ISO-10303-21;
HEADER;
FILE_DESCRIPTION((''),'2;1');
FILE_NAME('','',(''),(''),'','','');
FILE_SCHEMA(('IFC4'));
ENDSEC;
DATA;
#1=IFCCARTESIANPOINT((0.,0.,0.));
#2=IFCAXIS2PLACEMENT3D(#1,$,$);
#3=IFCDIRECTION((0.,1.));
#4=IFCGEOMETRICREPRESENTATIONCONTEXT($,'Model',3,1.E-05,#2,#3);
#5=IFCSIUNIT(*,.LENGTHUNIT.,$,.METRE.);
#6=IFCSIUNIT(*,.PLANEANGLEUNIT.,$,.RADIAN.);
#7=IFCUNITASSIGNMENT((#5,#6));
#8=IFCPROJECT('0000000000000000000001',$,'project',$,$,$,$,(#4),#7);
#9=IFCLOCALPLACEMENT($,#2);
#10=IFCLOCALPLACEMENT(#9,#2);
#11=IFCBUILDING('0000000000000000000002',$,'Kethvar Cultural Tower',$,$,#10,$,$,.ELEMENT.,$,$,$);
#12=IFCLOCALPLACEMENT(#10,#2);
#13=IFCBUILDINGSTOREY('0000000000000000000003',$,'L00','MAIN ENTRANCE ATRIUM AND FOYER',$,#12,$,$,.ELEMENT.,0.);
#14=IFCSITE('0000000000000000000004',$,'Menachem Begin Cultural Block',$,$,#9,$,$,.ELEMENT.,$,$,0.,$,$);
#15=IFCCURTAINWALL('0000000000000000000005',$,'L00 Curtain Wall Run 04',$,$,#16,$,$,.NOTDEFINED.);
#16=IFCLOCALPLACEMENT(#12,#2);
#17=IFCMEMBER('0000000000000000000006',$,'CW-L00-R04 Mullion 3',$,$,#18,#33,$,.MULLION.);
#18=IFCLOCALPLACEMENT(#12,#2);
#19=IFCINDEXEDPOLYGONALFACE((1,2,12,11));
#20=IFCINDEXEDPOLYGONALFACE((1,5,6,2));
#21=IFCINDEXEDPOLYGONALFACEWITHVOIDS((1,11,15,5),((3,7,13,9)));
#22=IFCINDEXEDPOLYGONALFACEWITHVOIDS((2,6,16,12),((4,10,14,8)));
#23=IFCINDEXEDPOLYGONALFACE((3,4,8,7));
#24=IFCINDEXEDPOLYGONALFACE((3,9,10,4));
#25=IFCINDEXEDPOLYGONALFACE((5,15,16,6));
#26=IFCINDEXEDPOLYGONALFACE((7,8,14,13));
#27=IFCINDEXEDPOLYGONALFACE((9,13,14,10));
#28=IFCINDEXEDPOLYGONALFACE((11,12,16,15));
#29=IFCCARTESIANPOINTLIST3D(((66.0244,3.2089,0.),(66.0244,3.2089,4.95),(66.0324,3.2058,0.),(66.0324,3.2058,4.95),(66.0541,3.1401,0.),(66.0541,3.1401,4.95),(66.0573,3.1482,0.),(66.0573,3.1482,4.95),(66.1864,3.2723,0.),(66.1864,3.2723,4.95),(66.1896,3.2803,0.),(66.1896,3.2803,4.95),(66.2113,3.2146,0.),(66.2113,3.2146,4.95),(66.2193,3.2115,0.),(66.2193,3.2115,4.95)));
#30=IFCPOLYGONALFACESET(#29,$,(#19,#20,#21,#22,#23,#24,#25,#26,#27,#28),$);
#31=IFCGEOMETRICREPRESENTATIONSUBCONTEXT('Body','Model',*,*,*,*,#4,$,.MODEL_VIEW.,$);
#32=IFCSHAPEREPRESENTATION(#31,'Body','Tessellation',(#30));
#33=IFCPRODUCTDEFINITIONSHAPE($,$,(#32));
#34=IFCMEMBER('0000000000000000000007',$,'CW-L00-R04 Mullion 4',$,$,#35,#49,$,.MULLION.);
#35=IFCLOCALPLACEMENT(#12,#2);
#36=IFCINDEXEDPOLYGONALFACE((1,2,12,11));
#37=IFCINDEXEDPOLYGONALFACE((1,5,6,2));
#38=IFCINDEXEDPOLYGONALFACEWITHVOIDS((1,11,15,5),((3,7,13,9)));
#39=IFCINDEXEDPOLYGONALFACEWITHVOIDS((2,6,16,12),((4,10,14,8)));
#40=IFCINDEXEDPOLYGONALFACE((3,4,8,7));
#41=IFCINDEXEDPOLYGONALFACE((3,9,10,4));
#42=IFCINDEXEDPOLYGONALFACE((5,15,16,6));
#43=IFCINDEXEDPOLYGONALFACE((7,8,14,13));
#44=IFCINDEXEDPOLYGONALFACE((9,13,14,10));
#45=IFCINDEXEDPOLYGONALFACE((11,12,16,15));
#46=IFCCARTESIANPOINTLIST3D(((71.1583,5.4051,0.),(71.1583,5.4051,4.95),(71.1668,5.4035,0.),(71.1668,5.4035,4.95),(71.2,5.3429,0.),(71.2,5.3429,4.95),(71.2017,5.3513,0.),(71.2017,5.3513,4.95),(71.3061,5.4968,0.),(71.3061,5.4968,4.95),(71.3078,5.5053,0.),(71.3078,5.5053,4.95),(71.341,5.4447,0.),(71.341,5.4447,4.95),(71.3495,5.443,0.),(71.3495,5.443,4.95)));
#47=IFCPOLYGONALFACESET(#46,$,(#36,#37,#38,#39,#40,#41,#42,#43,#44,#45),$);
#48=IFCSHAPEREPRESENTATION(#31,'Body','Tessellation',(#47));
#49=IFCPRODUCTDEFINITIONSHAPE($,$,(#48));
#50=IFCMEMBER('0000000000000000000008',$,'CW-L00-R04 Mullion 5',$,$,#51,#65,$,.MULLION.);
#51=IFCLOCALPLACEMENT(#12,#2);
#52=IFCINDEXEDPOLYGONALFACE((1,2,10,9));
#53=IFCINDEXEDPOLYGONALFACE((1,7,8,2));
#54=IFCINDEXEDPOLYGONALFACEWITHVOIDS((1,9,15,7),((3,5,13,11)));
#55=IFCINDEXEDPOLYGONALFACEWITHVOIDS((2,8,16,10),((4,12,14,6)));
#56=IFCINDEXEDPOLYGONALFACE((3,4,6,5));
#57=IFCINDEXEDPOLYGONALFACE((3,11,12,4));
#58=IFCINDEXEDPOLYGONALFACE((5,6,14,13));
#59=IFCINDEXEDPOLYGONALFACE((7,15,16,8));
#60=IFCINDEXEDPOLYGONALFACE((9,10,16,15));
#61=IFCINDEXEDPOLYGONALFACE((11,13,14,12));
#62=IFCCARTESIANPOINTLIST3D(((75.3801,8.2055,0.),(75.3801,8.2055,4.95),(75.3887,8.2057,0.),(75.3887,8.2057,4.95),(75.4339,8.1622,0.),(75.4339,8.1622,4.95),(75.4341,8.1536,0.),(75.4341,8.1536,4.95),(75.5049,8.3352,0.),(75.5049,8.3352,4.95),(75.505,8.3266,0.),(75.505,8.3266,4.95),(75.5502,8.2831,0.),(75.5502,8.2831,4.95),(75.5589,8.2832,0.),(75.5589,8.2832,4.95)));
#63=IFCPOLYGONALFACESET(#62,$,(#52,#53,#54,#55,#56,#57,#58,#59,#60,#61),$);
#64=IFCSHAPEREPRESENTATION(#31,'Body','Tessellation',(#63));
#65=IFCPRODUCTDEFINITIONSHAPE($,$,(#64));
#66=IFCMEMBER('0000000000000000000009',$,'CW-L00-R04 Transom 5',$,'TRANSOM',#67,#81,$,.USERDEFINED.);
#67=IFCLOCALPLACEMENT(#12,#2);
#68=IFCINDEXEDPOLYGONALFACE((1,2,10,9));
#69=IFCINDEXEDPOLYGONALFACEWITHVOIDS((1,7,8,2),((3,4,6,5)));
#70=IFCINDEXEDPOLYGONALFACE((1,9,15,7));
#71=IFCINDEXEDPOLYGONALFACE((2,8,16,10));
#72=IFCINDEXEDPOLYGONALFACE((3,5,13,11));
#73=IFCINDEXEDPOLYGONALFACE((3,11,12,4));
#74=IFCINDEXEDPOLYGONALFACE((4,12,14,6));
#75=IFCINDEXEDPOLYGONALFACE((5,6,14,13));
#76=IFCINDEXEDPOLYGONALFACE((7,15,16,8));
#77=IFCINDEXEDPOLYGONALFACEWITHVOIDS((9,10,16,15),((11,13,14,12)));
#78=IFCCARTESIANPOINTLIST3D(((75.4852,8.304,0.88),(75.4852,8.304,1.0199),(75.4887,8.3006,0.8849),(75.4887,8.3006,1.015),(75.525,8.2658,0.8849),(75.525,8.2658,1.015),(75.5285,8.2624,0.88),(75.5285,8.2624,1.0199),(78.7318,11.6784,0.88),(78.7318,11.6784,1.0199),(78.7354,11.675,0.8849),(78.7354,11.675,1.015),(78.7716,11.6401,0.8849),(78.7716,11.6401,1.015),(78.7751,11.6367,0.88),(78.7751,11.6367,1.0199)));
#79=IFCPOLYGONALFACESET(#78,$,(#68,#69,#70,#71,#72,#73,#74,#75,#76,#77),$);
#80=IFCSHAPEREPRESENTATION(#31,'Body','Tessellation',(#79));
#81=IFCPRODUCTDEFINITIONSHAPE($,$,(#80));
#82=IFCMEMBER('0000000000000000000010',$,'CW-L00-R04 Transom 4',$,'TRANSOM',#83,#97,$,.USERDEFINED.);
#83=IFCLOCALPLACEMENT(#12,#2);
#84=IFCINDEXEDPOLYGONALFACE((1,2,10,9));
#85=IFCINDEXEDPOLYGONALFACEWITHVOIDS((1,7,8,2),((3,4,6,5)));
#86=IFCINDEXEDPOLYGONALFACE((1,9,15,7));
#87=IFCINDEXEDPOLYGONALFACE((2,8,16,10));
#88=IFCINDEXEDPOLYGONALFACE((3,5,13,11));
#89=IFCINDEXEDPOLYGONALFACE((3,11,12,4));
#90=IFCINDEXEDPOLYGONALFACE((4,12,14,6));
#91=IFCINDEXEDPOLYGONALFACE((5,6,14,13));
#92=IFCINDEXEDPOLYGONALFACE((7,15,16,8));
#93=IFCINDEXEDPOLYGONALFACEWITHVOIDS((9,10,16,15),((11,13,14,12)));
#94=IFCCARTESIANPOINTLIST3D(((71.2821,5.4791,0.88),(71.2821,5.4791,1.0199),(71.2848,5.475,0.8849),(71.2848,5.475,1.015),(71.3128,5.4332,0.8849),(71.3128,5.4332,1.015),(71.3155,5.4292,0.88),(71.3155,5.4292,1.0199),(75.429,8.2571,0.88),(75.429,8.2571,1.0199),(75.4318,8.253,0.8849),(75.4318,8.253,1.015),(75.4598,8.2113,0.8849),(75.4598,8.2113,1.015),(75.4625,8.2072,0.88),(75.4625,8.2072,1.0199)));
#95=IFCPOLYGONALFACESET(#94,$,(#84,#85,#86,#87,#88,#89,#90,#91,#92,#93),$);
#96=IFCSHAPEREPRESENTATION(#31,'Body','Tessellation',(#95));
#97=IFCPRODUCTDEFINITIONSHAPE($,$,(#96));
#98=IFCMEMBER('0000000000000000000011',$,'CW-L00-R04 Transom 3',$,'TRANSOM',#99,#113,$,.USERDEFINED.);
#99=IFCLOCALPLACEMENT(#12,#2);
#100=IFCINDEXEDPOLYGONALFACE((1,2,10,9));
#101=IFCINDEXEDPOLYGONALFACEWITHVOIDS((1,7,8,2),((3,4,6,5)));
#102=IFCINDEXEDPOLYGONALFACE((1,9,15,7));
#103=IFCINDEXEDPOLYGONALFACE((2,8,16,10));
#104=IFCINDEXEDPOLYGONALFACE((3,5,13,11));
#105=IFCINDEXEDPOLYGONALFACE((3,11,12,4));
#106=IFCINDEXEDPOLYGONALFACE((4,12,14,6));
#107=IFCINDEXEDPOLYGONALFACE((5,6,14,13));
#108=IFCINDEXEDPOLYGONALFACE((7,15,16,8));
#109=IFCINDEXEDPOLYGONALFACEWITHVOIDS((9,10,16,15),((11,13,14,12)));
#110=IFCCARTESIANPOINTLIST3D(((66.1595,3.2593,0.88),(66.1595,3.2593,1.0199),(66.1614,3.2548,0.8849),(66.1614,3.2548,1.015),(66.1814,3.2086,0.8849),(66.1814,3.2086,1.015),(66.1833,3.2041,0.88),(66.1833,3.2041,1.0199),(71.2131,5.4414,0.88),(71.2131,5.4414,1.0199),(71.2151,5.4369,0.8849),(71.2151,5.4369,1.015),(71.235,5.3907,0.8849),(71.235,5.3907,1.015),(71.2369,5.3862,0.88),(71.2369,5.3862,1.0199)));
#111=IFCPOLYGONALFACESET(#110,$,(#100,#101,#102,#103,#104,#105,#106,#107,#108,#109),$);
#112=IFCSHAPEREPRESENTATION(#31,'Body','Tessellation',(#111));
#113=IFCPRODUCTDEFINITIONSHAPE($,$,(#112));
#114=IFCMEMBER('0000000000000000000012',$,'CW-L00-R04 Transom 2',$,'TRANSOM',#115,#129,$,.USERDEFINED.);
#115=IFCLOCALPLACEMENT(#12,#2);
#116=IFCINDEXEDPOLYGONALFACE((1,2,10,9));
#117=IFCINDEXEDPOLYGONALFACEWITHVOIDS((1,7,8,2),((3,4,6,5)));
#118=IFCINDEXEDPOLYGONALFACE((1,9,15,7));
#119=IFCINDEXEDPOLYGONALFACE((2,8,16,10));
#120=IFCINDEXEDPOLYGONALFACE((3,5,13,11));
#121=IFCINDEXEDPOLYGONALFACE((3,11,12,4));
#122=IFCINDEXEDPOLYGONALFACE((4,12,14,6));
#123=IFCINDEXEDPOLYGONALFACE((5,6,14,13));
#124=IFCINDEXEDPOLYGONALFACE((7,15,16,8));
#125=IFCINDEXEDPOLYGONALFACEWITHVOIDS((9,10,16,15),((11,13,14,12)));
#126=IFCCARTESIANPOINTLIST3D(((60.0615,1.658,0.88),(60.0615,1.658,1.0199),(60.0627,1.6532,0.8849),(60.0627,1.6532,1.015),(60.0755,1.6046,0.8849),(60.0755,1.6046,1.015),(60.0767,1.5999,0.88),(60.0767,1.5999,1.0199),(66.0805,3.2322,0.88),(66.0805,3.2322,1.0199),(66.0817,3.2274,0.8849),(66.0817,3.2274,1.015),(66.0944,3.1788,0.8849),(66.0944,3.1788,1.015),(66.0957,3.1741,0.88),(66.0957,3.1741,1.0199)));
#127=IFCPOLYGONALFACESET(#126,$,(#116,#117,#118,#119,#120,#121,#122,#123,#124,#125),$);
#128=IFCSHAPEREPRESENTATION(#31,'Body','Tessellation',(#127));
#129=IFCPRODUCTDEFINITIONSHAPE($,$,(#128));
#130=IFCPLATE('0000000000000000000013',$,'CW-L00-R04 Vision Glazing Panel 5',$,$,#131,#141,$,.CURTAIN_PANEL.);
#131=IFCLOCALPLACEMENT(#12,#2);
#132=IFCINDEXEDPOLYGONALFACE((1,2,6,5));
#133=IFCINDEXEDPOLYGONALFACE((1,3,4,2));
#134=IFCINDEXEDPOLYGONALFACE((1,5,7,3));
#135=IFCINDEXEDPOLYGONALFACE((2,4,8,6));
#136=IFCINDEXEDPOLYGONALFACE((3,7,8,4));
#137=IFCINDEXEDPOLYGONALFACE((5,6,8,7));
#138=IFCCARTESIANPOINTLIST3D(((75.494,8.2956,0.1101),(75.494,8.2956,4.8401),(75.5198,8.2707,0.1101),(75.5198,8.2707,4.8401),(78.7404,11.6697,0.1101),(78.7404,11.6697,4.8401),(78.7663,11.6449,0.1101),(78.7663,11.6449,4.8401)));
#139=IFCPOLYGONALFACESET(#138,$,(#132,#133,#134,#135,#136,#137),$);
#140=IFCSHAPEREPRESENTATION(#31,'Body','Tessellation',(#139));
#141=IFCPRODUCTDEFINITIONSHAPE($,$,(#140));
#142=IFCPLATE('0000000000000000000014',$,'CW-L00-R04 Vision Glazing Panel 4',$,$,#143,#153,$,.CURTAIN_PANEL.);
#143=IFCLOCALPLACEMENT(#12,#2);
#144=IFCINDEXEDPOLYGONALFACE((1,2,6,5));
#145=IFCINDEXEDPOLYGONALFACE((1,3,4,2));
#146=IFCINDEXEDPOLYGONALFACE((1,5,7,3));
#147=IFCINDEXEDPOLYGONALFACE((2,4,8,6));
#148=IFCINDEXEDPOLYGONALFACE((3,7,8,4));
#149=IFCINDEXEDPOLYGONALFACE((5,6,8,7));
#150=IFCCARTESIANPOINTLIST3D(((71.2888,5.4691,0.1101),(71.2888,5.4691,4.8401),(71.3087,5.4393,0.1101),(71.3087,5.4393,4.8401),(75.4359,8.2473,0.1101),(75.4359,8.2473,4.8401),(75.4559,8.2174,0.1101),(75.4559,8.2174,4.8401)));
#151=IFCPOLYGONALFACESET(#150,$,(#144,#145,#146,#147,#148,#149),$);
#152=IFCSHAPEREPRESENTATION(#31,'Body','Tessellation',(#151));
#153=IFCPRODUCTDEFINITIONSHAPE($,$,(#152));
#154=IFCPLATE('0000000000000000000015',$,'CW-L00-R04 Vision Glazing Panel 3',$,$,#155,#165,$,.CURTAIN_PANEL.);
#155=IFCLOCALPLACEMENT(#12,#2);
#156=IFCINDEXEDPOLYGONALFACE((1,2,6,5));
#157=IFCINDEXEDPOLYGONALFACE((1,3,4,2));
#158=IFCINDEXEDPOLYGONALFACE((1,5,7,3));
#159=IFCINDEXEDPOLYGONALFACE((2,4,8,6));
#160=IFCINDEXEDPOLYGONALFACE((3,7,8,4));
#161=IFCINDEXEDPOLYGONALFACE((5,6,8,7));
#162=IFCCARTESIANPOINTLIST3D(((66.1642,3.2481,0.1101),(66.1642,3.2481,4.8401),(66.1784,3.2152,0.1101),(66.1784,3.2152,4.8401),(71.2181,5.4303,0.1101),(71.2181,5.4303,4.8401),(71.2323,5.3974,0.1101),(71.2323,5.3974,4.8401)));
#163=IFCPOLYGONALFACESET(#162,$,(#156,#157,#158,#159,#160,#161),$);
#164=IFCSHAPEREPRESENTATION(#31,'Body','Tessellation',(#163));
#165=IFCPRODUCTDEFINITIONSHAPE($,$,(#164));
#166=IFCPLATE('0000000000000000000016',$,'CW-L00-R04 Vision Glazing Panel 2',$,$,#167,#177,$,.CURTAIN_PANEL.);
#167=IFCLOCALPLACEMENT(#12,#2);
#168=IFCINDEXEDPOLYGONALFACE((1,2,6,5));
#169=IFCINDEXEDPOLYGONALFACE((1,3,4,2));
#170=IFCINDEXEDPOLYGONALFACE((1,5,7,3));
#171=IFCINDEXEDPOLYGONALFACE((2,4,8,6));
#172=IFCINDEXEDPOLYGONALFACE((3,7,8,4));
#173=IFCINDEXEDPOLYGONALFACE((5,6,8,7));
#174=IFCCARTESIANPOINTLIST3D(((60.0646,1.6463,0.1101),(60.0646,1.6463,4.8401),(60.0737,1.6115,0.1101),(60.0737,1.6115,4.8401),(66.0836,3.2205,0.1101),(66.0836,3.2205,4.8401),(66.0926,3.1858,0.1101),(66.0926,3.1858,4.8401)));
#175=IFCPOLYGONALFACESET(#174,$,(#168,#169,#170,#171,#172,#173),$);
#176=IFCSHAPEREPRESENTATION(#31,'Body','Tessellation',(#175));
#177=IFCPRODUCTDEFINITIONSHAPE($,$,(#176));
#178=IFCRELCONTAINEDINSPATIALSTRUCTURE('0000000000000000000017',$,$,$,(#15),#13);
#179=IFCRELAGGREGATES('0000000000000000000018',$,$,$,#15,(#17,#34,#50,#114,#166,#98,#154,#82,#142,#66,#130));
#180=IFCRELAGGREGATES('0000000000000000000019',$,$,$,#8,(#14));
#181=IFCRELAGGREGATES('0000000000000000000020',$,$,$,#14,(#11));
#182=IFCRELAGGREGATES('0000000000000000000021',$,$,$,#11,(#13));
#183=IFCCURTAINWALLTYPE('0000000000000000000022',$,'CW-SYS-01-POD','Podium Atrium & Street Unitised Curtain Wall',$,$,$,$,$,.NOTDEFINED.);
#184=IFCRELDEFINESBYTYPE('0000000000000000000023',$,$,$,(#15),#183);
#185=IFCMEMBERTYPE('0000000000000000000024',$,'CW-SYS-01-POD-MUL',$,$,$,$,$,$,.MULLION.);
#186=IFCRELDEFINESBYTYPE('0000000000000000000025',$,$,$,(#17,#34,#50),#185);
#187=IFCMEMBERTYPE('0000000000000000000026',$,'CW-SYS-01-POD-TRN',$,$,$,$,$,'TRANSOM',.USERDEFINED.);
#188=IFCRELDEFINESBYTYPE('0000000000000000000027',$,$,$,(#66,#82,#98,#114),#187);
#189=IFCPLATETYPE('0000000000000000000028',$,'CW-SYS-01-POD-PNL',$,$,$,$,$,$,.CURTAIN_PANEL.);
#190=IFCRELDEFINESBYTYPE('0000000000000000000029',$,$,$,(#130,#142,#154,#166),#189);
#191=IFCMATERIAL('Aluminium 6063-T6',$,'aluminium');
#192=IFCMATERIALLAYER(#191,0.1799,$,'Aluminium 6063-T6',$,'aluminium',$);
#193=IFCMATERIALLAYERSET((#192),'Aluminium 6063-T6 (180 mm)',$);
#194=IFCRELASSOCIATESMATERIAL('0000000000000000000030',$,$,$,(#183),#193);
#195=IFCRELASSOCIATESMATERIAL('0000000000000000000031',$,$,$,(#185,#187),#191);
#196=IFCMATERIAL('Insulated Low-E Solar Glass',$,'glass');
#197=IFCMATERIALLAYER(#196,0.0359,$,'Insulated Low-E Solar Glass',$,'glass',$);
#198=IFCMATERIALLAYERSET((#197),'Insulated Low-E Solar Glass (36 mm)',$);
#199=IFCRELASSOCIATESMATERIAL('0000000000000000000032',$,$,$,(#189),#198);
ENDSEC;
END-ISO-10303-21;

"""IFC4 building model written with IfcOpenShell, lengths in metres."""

from ifc_helpers import new_model, si_unit, direction, frame, origin, origin_2d, place, context, subcontext, project, spatial, rectangle, hollow_rectangle, extrude, source, transform, mapped, material, layer, layer_set, material_profile, profile_set, type_object, element, aggregate, save


model = new_model("IFC4")

# Units and contexts
model_context = context("Model", 3, precision=1e-05, world=origin(), true_north=direction((0.0, 1.0)))
body_context = subcontext(model_context, "Body", "Model", "MODEL_VIEW")
ifc_project = project(units=[si_unit("LENGTHUNIT", "METRE"), si_unit("PLANEANGLEUNIT", "RADIAN")], contexts=[model_context])

# Site, building, storey
site_placement = place(None, origin())
site = spatial("IfcSite", under=ifc_project, at=site_placement, Name="Menachem Begin Cultural Block", CompositionType="ELEMENT", RefElevation=0.0)
building_placement = place(site_placement, origin())
building = spatial("IfcBuilding", under=site, at=building_placement, Name="Kethvar Cultural Tower", CompositionType="ELEMENT")
storey_placement = place(building_placement, origin())
storey = spatial("IfcBuildingStorey", under=building, at=storey_placement, Name="L00", Description="MAIN ENTRANCE ATRIUM AND FOYER", CompositionType="ELEMENT", Elevation=0.0)

# Curtain wall, members, plates
ifc_material_1 = material(Name="Aluminium 6063-T6", Category="aluminium")
ifc_layer_1 = layer(ifc_material_1, 0.1799, Name="Aluminium 6063-T6", Category="aluminium")
ifc_layer_set_1 = layer_set([ifc_layer_1], Name="Aluminium 6063-T6 (180 mm)")
curtain_wall_type = type_object("IfcCurtainWallType", Name="CW-SYS-01-POD", Description="Podium Atrium & Street Unitised Curtain Wall", PredefinedType="NOTDEFINED", material=ifc_layer_set_1)
curtain_wall_placement = place(storey_placement, origin())
curtain_wall = element("IfcCurtainWall", 1, at=curtain_wall_placement, inside=storey, type_object=curtain_wall_type, Name="L00 Curtain Wall Run 04", PredefinedType="NOTDEFINED")
ifc_material_profile_1 = material_profile(ifc_material_1, hollow_rectangle(XDim=0.075, YDim=0.1799, WallThickness=0.0061, at=origin_2d()), Name="Aluminium 6063-T6 — RHS180x75x6")
ifc_profile_set_1 = profile_set([ifc_material_profile_1], Name="Aluminium 6063-T6 — RHS180x75x6")
member_type_1 = type_object("IfcMemberType", Name="CW-SYS-01-POD-MUL", PredefinedType="MULLION", material=ifc_profile_set_1)
shared_shape_1 = source(origin(), body_context, "Body", "SweptSolid", [
    extrude(hollow_rectangle(XDim=0.075, YDim=0.1799, WallThickness=0.0061, at=origin_2d()), origin(), (0.0, 0.0, 1.0), 4.95),
])
member_1_placement = place(storey_placement, frame((66.1218, 3.2102, 0.0), z_axis=(0.0, 0.0, 1.0), x_axis=(-0.396411, 0.918073, 0.0)))
member_1 = element("IfcMember", 2, at=member_1_placement, type_object=member_type_1, Name="CW-L00-R04 Mullion 3", PredefinedType="MULLION", context=body_context, shape_type="MappedRepresentation", body=[
    mapped(shared_shape_1, transform((0.0, 0.0, 0.0), scale=1.0)),
])
member_2_placement = place(storey_placement, frame((71.2539, 5.4241, 0.0), z_axis=(0.0, 0.0, 1.0), x_axis=(-0.556557, 0.83081, 0.0)))
member_2 = element("IfcMember", 3, at=member_2_placement, type_object=member_type_1, Name="CW-L00-R04 Mullion 4", PredefinedType="MULLION", context=body_context, shape_type="MappedRepresentation", body=[
    mapped(shared_shape_1, transform((0.0, 0.0, 0.0), scale=1.0)),
])
member_3_placement = place(storey_placement, frame((75.4695, 8.2444, 0.0), z_axis=(0.0, 0.0, 1.0), x_axis=(-0.720612, 0.693339, 0.0)))
member_3 = element("IfcMember", 4, at=member_3_placement, type_object=member_type_1, Name="CW-L00-R04 Mullion 5", PredefinedType="MULLION", context=body_context, shape_type="MappedRepresentation", body=[
    mapped(shared_shape_1, transform((0.0, 0.0, 0.0), scale=1.0)),
])
ifc_material_profile_2 = material_profile(ifc_material_1, hollow_rectangle(XDim=0.0601, YDim=0.1399, WallThickness=0.0049, at=origin_2d()), Name="Aluminium 6063-T6 — RHS140x60x5")
ifc_profile_set_2 = profile_set([ifc_material_profile_2], Name="Aluminium 6063-T6 — RHS140x60x5")
member_type_2 = type_object("IfcMemberType", Name="CW-SYS-01-POD-TRN", ElementType="TRANSOM", PredefinedType="USERDEFINED", material=ifc_profile_set_2)
shared_shape_2 = source(origin(), body_context, "Body", "SweptSolid", [
    extrude(hollow_rectangle(XDim=0.0601, YDim=0.1399, WallThickness=0.0049, at=origin_2d()), origin(), (0.0, 0.0, 1.0), 4.6826),
])
member_4_placement = place(storey_placement, frame((75.5068, 8.2832, 0.95), z_axis=(0.693341, 0.72061, 0.0), x_axis=(-0.72061, 0.693341, 0.0)))
member_4 = element("IfcMember", 5, at=member_4_placement, type_object=member_type_2, Name="CW-L00-R04 Transom 5", ObjectType="TRANSOM", PredefinedType="USERDEFINED", context=body_context, shape_type="MappedRepresentation", body=[
    mapped(shared_shape_2, transform((0.0, 0.0, 0.0), scale=1.0)),
])
shared_shape_3 = source(origin(), body_context, "Body", "SweptSolid", [
    extrude(hollow_rectangle(XDim=0.0601, YDim=0.1399, WallThickness=0.0049, at=origin_2d()), origin(), (0.0, 0.0, 1.0), 4.9915),
])
member_5_placement = place(storey_placement, frame((71.2988, 5.4541, 0.95), z_axis=(0.830807, 0.556561, 0.0), x_axis=(-0.556561, 0.830807, 0.0)))
member_5 = element("IfcMember", 6, at=member_5_placement, type_object=member_type_2, Name="CW-L00-R04 Transom 4", ObjectType="TRANSOM", PredefinedType="USERDEFINED", context=body_context, shape_type="MappedRepresentation", body=[
    mapped(shared_shape_3, transform((0.0, 0.0, 0.0), scale=1.0)),
])
shared_shape_4 = source(origin(), body_context, "Body", "SweptSolid", [
    extrude(hollow_rectangle(XDim=0.0601, YDim=0.1399, WallThickness=0.0049, at=origin_2d()), origin(), (0.0, 0.0, 1.0), 5.5046),
])
member_6_placement = place(storey_placement, frame((66.1714, 3.2317, 0.95), z_axis=(0.918073, 0.396412, 0.0), x_axis=(-0.396412, 0.918073, 0.0)))
member_6 = element("IfcMember", 7, at=member_6_placement, type_object=member_type_2, Name="CW-L00-R04 Transom 3", ObjectType="TRANSOM", PredefinedType="USERDEFINED", context=body_context, shape_type="MappedRepresentation", body=[
    mapped(shared_shape_4, transform((0.0, 0.0, 0.0), scale=1.0)),
])
shared_shape_5 = source(origin(), body_context, "Body", "SweptSolid", [
    extrude(hollow_rectangle(XDim=0.0601, YDim=0.1399, WallThickness=0.0049, at=origin_2d()), origin(), (0.0, 0.0, 1.0), 6.2214),
])
member_7_placement = place(storey_placement, frame((60.0691, 1.6289, 0.95), z_axis=(0.967459, 0.253029, 0.0), x_axis=(-0.253029, 0.967459, 0.0)))
member_7 = element("IfcMember", 8, at=member_7_placement, type_object=member_type_2, Name="CW-L00-R04 Transom 2", ObjectType="TRANSOM", PredefinedType="USERDEFINED", context=body_context, shape_type="MappedRepresentation", body=[
    mapped(shared_shape_5, transform((0.0, 0.0, 0.0), scale=1.0)),
])
ifc_material_2 = material(Name="Insulated Low-E Solar Glass", Category="glass")
ifc_layer_2 = layer(ifc_material_2, 0.0359, Name="Insulated Low-E Solar Glass", Category="glass")
ifc_layer_set_2 = layer_set([ifc_layer_2], Name="Insulated Low-E Solar Glass (36 mm)")
plate_type = type_object("IfcPlateType", Name="CW-SYS-01-POD-PNL", PredefinedType="CURTAIN_PANEL", material=ifc_layer_set_2)
shared_shape_6 = source(origin(), body_context, "Body", "SweptSolid", [
    extrude(rectangle(XDim=4.6824, YDim=0.0359, at=origin_2d()), origin(), (0.0, 0.0, 1.0), 4.73),
])
plate_1_placement = place(storey_placement, frame((77.1301, 9.9702, 0.1101), z_axis=(0.0, 0.0, 1.0), x_axis=(0.693339, 0.720612, 0.0)))
plate_1 = element("IfcPlate", 9, at=plate_1_placement, type_object=plate_type, Name="CW-L00-R04 Vision Glazing Panel 5", PredefinedType="CURTAIN_PANEL", context=body_context, shape_type="MappedRepresentation", body=[
    mapped(shared_shape_6, transform((0.0, 0.0, 0.0), scale=1.0)),
])
shared_shape_7 = source(origin(), body_context, "Body", "SweptSolid", [
    extrude(rectangle(XDim=4.9917, YDim=0.0359, at=origin_2d()), origin(), (0.0, 0.0, 1.0), 4.73),
])
plate_2_placement = place(storey_placement, frame((73.3723, 6.8433, 0.1101), z_axis=(0.0, 0.0, 1.0), x_axis=(0.83081, 0.556557, 0.0)))
plate_2 = element("IfcPlate", 10, at=plate_2_placement, type_object=plate_type, Name="CW-L00-R04 Vision Glazing Panel 4", PredefinedType="CURTAIN_PANEL", context=body_context, shape_type="MappedRepresentation", body=[
    mapped(shared_shape_7, transform((0.0, 0.0, 0.0), scale=1.0)),
])
shared_shape_8 = source(origin(), body_context, "Body", "SweptSolid", [
    extrude(rectangle(XDim=5.5049, YDim=0.0359, at=origin_2d()), origin(), (0.0, 0.0, 1.0), 4.73),
])
plate_3_placement = place(storey_placement, frame((68.6982, 4.3228, 0.1101), z_axis=(0.0, 0.0, 1.0), x_axis=(0.918073, 0.396411, 0.0)))
plate_3 = element("IfcPlate", 11, at=plate_3_placement, type_object=plate_type, Name="CW-L00-R04 Vision Glazing Panel 3", PredefinedType="CURTAIN_PANEL", context=body_context, shape_type="MappedRepresentation", body=[
    mapped(shared_shape_8, transform((0.0, 0.0, 0.0), scale=1.0)),
])
shared_shape_9 = source(origin(), body_context, "Body", "SweptSolid", [
    extrude(rectangle(XDim=6.2214, YDim=0.0359, at=origin_2d()), origin(), (0.0, 0.0, 1.0), 4.73),
])
plate_4_placement = place(storey_placement, frame((63.0786, 2.416, 0.1101), z_axis=(0.0, 0.0, 1.0), x_axis=(0.967458, 0.253032, 0.0)))
plate_4 = element("IfcPlate", 12, at=plate_4_placement, type_object=plate_type, Name="CW-L00-R04 Vision Glazing Panel 2", PredefinedType="CURTAIN_PANEL", context=body_context, shape_type="MappedRepresentation", body=[
    mapped(shared_shape_9, transform((0.0, 0.0, 0.0), scale=1.0)),
])
aggregate(curtain_wall, [member_1, member_2, member_3, member_7, plate_4, member_6, plate_3, member_5, plate_2, member_4, plate_1])

save(model, "model.ifc")
